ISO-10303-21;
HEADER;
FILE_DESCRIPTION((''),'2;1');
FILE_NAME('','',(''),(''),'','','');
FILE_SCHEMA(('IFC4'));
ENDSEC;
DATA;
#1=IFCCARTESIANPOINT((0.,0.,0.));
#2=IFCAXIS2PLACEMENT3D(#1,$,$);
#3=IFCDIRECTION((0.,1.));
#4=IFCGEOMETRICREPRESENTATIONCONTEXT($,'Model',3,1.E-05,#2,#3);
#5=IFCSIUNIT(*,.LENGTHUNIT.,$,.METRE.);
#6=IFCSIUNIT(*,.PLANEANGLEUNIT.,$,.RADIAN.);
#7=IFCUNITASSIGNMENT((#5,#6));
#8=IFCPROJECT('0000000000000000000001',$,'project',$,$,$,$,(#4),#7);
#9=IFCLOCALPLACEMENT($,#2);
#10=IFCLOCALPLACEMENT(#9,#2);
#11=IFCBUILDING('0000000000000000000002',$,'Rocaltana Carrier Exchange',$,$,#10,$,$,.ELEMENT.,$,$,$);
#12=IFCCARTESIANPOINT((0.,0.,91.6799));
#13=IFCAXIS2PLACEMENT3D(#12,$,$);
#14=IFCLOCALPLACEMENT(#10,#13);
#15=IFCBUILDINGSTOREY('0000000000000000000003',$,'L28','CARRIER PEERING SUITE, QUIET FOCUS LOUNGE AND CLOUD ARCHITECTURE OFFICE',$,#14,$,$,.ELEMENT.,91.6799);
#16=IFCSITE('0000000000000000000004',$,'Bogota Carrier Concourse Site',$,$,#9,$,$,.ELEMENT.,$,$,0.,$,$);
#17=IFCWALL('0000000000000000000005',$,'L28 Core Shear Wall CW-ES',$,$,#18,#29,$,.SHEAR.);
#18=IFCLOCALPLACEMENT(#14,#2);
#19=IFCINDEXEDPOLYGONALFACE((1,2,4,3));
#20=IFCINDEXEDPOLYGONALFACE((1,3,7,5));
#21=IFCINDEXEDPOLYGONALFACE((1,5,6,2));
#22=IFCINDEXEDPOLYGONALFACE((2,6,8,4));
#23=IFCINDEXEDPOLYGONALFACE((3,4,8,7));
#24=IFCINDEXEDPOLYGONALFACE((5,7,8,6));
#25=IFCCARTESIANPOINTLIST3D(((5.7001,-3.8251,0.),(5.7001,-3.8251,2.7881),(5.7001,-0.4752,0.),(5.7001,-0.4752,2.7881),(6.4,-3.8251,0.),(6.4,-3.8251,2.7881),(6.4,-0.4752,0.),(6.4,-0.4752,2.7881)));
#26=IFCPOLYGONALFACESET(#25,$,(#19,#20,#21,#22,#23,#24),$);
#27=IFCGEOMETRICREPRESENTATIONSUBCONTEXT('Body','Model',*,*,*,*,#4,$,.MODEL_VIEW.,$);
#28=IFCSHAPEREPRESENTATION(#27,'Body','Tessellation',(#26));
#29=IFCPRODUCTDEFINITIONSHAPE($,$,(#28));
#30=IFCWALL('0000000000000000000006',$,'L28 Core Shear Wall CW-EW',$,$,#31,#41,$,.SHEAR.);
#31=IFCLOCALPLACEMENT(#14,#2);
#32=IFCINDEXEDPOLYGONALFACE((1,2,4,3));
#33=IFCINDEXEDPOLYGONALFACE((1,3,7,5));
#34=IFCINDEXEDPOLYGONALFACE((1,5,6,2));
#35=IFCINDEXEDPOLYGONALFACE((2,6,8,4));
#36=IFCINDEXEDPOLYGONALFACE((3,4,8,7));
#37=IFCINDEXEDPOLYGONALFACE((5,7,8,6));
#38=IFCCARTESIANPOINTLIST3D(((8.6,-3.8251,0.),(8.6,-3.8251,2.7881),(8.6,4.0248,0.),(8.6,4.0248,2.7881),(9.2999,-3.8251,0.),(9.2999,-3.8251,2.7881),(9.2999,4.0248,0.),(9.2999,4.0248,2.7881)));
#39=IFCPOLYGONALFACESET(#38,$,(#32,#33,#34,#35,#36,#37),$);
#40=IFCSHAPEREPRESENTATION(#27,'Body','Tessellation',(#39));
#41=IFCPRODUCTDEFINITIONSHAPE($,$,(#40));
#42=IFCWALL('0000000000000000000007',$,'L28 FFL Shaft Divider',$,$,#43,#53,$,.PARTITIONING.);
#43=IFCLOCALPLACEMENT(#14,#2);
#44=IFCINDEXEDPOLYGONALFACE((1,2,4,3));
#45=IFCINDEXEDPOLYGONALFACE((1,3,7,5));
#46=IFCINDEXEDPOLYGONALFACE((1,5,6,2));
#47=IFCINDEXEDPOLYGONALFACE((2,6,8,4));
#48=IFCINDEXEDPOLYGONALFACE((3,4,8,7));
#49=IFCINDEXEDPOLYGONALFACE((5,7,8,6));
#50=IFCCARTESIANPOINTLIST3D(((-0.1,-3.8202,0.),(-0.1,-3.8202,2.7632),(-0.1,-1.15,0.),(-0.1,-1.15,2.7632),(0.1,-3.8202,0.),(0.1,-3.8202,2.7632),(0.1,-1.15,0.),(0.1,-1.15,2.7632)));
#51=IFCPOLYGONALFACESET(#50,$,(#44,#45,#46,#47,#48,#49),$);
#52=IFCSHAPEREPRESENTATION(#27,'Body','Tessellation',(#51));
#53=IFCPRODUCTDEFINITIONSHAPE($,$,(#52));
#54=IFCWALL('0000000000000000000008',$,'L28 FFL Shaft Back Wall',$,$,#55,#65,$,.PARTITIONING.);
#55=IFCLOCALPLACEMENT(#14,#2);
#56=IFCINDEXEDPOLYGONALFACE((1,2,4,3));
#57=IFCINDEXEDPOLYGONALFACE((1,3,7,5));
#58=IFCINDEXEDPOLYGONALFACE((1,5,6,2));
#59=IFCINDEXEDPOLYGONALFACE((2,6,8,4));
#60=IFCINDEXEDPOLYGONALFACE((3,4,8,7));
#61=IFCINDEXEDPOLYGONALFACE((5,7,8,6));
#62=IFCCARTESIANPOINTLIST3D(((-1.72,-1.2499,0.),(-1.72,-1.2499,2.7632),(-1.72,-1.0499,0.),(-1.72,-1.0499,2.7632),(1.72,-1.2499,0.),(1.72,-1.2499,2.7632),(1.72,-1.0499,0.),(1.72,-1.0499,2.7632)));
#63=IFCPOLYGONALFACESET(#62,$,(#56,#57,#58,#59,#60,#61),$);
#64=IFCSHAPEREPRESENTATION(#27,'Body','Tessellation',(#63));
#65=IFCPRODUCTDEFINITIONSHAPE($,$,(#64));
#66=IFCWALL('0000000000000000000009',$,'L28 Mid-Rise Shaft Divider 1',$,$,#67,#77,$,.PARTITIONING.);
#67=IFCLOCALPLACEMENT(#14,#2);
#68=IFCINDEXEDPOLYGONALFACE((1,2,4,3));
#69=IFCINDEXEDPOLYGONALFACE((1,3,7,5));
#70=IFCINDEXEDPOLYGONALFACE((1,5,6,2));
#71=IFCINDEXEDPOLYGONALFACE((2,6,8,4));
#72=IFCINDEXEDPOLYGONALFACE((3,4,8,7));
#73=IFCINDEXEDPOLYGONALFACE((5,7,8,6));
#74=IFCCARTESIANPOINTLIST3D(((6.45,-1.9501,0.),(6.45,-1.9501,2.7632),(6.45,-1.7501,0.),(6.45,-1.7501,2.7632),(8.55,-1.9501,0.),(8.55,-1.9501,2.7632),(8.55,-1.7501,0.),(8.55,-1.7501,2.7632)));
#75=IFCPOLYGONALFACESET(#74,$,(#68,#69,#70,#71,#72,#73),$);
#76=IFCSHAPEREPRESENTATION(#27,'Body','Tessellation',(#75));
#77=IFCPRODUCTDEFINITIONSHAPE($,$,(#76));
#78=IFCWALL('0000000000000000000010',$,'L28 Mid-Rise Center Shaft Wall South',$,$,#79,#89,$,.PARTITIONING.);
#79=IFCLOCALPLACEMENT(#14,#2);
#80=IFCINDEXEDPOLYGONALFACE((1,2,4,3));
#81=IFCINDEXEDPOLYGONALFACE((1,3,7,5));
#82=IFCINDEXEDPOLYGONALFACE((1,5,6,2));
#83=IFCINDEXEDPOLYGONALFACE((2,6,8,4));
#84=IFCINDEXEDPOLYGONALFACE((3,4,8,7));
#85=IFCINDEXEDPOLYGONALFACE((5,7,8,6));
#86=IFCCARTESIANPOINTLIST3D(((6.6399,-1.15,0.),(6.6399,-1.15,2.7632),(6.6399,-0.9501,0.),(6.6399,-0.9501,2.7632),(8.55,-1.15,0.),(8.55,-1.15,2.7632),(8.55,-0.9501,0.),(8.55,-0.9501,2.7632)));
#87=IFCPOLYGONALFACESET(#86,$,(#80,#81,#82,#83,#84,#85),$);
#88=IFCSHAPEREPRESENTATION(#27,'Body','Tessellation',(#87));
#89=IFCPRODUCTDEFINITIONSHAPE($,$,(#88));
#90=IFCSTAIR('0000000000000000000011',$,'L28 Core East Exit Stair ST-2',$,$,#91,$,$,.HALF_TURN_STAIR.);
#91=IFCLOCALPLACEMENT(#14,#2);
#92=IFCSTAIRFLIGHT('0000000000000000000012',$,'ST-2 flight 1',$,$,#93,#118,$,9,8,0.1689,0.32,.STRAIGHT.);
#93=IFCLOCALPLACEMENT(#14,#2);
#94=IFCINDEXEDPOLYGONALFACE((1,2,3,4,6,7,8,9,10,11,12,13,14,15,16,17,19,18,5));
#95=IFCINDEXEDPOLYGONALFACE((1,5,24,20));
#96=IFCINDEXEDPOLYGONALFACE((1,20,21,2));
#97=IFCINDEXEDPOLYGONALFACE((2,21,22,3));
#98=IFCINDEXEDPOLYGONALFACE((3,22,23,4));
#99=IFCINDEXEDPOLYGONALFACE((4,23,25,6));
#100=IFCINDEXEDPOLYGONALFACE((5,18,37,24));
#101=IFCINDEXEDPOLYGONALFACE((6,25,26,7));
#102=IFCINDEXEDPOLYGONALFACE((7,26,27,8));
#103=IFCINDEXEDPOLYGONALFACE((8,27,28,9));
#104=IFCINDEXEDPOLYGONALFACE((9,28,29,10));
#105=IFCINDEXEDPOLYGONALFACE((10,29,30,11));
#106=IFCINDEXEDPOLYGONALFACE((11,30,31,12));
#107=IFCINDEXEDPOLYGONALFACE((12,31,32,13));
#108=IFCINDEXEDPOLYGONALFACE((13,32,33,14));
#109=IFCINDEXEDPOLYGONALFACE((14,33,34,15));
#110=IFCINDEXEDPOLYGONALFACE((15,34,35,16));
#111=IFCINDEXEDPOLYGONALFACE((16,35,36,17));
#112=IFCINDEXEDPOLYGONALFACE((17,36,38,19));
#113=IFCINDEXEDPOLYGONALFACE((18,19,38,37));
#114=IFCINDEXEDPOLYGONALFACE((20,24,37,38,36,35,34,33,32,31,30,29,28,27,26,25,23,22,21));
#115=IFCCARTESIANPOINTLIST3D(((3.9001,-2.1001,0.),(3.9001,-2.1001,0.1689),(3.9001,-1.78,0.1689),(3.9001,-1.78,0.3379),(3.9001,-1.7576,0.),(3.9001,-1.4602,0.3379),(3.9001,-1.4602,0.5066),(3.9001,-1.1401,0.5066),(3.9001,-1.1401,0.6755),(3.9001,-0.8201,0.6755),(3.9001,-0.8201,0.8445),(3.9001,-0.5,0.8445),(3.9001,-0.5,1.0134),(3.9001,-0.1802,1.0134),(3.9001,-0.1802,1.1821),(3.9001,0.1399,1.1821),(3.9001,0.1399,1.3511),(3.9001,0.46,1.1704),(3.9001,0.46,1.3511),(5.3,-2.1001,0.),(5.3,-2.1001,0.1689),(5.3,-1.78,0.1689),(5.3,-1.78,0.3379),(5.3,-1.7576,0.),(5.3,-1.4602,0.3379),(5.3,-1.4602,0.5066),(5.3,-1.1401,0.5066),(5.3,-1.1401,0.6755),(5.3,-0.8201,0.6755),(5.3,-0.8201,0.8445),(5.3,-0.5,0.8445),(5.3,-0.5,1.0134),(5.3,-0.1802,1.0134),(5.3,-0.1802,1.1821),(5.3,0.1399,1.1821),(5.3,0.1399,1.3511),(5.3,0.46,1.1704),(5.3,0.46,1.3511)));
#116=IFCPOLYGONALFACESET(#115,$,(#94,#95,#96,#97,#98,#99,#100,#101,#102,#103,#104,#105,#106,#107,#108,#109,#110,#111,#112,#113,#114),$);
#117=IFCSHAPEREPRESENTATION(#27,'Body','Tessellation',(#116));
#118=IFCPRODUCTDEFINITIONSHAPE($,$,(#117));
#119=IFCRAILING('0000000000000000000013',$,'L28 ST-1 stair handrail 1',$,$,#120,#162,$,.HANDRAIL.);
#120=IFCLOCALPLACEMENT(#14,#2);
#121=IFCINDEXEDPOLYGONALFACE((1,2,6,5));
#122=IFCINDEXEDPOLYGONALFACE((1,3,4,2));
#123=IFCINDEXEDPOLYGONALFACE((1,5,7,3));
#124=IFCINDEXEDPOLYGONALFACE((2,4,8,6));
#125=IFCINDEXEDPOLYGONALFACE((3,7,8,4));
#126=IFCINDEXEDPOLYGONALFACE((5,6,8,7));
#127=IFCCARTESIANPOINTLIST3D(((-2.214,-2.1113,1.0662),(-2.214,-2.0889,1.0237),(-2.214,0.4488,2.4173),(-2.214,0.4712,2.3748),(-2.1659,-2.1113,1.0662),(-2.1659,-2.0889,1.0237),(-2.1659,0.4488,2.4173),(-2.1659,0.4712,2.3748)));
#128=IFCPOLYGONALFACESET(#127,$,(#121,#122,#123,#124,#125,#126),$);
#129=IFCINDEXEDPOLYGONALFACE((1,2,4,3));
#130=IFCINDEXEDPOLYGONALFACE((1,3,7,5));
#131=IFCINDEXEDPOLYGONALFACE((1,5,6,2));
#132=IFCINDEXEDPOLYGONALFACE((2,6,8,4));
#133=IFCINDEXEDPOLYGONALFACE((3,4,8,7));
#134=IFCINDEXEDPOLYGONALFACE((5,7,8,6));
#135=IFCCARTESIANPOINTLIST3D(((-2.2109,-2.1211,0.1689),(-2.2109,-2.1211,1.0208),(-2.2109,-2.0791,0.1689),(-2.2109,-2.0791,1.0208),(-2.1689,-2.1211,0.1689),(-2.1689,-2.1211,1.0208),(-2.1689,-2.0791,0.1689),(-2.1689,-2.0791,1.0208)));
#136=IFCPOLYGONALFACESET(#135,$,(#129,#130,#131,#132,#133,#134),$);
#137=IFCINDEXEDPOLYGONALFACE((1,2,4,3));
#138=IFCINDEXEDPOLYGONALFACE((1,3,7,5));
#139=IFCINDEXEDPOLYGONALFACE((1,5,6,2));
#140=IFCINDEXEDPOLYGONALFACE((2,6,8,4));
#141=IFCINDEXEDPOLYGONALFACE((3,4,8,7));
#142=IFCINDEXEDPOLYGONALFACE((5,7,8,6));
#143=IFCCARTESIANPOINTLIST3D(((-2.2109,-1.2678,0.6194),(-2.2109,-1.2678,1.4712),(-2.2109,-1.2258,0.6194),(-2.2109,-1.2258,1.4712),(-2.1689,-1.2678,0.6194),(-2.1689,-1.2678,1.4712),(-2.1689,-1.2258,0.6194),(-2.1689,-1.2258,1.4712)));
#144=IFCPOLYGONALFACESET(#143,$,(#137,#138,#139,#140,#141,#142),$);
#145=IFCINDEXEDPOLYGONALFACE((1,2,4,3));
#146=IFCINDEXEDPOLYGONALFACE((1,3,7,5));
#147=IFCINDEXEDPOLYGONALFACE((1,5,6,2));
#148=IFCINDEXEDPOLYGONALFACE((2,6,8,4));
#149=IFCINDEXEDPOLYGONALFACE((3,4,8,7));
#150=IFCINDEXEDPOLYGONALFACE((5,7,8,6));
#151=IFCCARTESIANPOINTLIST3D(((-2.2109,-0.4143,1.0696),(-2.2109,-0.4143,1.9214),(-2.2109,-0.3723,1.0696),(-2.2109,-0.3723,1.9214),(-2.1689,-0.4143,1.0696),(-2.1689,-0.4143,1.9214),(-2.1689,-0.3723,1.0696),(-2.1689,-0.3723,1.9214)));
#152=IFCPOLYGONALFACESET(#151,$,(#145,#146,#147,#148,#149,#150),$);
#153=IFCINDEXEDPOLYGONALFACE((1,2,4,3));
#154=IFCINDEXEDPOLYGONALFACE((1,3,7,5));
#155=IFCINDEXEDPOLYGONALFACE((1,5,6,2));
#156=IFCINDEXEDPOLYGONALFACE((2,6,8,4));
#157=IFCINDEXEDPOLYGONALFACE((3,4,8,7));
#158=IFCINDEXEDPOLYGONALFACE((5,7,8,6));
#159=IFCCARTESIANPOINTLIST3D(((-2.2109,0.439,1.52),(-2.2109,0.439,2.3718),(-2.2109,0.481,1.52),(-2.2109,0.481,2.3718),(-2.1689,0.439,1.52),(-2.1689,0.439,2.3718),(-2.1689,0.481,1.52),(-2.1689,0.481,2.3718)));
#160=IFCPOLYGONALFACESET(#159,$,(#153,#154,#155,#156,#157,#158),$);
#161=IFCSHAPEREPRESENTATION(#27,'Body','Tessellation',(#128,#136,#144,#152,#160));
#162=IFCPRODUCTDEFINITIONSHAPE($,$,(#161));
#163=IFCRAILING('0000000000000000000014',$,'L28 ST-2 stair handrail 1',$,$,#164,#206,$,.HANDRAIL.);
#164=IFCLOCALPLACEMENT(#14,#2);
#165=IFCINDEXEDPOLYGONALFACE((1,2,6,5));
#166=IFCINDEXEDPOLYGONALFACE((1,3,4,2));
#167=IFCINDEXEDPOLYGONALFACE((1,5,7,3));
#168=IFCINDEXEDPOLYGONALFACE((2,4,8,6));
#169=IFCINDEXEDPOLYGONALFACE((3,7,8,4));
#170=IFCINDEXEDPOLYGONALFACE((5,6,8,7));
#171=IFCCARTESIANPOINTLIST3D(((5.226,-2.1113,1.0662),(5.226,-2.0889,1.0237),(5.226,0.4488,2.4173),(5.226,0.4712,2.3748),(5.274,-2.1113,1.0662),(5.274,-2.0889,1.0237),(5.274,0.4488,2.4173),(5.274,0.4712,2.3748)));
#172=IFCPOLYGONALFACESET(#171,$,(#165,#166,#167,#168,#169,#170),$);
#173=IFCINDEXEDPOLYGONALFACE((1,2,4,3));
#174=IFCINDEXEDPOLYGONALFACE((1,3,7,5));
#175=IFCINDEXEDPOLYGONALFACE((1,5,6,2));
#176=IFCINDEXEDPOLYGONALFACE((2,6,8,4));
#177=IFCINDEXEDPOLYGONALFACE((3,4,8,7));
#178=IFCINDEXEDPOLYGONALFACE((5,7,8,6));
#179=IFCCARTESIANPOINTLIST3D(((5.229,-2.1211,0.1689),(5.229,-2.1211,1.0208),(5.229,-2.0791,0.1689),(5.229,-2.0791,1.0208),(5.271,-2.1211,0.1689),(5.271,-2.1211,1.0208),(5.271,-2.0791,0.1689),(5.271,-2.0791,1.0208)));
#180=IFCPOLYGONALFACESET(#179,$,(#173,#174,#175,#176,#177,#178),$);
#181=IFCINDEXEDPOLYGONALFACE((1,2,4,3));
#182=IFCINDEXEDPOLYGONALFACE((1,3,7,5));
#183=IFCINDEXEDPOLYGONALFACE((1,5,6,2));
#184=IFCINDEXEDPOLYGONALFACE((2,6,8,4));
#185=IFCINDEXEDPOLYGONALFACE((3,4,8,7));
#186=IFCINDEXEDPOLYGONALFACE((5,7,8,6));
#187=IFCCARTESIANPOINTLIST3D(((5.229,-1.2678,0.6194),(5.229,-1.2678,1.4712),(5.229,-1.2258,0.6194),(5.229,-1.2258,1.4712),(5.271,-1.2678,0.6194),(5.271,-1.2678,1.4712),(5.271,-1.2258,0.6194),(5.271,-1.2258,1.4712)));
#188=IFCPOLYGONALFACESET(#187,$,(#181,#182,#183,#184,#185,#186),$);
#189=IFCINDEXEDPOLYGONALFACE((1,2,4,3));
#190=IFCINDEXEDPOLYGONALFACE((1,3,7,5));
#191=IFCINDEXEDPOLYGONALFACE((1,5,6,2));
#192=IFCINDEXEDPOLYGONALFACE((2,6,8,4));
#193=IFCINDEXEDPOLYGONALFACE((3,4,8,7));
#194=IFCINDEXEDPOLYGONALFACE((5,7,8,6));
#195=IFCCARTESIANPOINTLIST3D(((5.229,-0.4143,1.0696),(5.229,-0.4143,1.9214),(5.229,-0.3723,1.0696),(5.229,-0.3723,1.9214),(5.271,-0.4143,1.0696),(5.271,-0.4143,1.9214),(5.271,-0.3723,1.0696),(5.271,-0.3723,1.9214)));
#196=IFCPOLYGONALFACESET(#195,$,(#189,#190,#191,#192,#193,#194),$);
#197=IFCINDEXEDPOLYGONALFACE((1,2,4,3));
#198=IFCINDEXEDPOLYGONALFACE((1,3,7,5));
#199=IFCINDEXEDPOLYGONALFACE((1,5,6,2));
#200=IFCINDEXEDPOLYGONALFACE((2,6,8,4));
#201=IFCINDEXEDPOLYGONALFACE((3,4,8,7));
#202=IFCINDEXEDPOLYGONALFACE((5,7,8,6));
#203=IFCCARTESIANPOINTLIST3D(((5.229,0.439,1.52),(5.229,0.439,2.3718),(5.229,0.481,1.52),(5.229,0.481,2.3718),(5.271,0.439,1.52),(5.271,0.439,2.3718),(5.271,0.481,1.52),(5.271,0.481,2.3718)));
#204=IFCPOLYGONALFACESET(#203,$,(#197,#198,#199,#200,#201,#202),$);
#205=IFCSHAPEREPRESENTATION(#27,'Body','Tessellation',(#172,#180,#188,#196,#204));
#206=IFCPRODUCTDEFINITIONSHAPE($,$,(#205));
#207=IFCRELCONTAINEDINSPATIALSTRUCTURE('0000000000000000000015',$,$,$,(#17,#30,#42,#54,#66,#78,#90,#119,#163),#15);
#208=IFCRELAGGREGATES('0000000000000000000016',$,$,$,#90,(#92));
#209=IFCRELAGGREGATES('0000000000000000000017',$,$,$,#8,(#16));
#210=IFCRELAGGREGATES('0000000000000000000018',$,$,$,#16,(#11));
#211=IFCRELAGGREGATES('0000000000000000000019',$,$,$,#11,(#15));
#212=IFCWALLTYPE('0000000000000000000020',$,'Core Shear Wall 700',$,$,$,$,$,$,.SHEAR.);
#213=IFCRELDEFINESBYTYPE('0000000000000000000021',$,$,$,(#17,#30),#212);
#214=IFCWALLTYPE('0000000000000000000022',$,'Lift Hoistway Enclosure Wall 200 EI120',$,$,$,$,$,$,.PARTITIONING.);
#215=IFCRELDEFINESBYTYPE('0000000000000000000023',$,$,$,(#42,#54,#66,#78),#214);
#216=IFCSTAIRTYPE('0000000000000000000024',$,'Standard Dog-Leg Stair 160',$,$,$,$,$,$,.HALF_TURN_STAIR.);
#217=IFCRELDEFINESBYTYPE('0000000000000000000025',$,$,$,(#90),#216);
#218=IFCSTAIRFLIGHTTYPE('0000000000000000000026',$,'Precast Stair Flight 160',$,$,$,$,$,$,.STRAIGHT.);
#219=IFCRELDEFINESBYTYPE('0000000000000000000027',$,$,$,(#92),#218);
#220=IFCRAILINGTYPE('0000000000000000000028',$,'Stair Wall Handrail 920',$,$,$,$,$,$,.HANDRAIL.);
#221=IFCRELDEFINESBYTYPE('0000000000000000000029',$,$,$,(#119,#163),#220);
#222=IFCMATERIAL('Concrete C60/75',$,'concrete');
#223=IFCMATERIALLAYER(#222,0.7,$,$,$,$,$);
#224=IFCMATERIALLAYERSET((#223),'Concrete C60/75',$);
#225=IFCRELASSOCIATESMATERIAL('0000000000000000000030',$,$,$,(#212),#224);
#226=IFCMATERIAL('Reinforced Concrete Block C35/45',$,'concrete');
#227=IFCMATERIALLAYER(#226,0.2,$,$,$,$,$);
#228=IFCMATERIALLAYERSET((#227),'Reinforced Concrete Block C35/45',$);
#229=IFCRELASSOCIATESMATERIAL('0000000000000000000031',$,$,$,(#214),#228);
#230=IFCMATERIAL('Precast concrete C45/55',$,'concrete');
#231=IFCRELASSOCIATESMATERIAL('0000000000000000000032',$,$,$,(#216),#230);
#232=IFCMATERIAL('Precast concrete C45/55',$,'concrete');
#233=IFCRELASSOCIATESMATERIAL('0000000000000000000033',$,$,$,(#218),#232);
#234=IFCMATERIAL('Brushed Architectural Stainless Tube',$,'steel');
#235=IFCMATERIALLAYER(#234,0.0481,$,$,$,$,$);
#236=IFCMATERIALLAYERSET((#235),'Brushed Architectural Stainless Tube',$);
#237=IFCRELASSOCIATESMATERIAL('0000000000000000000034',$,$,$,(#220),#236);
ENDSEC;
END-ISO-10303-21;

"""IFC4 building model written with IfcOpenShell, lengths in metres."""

from ifc_helpers import new_model, si_unit, direction, frame, frame_2d, origin, origin_2d, place, context, subcontext, project, spatial, polyline, rectangle, outline, extrude, material, layer, layer_set, type_object, element, aggregate, save


model = new_model("IFC4")

# Units and contexts
model_context = context("Model", 3, precision=1e-05, world=origin(), true_north=direction((0.0, 1.0)))
body_context = subcontext(model_context, "Body", "Model", "MODEL_VIEW")
ifc_project = project(units=[si_unit("LENGTHUNIT", "METRE"), si_unit("PLANEANGLEUNIT", "RADIAN")], contexts=[model_context])

# Site, building, storey
site_placement = place(None, origin())
site = spatial("IfcSite", under=ifc_project, at=site_placement, Name="Bogota Carrier Concourse Site", CompositionType="ELEMENT", RefElevation=0.0)
building_placement = place(site_placement, origin())
building = spatial("IfcBuilding", under=site, at=building_placement, Name="Rocaltana Carrier Exchange", CompositionType="ELEMENT")
storey_placement = place(building_placement, frame((0.0, 0.0, 91.6799)))
storey = spatial("IfcBuildingStorey", under=building, at=storey_placement, Name="L28", Description="CARRIER PEERING SUITE, QUIET FOCUS LOUNGE AND CLOUD ARCHITECTURE OFFICE", CompositionType="ELEMENT", Elevation=91.6799)

# Walls
ifc_material_1 = material(Name="Concrete C60/75", Category="concrete")
ifc_layer_1 = layer(ifc_material_1, 0.7)
ifc_layer_set_1 = layer_set([ifc_layer_1], Name="Concrete C60/75")
wall_type_1 = type_object("IfcWallType", Name="Core Shear Wall 700", PredefinedType="SHEAR", material=ifc_layer_set_1)
wall_1_placement = place(storey_placement, frame((6.05, -3.825, 0.0), z_axis=(0.0, 0.0, 1.0), x_axis=(0.0, 1.0, 0.0)))
element("IfcWall", 1, at=wall_1_placement, inside=storey, type_object=wall_type_1, Name="L28 Core Shear Wall CW-ES", PredefinedType="SHEAR", context=body_context, shape_type="SweptSolid", body=[
    extrude(rectangle(XDim=3.3499, YDim=0.7, at=frame_2d((1.6748, 0.0))), origin(), (0.0, 0.0, 1.0), 2.7881),
])
wall_2_placement = place(storey_placement, frame((8.95, -3.825, 0.0), z_axis=(0.0, 0.0, 1.0), x_axis=(0.0, 1.0, 0.0)))
element("IfcWall", 2, at=wall_2_placement, inside=storey, type_object=wall_type_1, Name="L28 Core Shear Wall CW-EW", PredefinedType="SHEAR", context=body_context, shape_type="SweptSolid", body=[
    extrude(rectangle(XDim=7.8499, YDim=0.7, at=frame_2d((3.9248, 0.0))), origin(), (0.0, 0.0, 1.0), 2.7881),
])
ifc_material_2 = material(Name="Reinforced Concrete Block C35/45", Category="concrete")
ifc_layer_2 = layer(ifc_material_2, 0.2)
ifc_layer_set_2 = layer_set([ifc_layer_2], Name="Reinforced Concrete Block C35/45")
wall_type_2 = type_object("IfcWallType", Name="Lift Hoistway Enclosure Wall 200 EI120", PredefinedType="PARTITIONING", material=ifc_layer_set_2)
wall_3_placement = place(storey_placement, frame((0.0, -3.8201, 0.0), z_axis=(0.0, 0.0, 1.0), x_axis=(0.0, 1.0, 0.0)))
element("IfcWall", 3, at=wall_3_placement, inside=storey, type_object=wall_type_2, Name="L28 FFL Shaft Divider", PredefinedType="PARTITIONING", context=body_context, shape_type="SweptSolid", body=[
    extrude(rectangle(XDim=2.6702, YDim=0.2, at=frame_2d((1.335, 0.0))), origin(), (0.0, 0.0, 1.0), 2.7632),
])
wall_4_placement = place(storey_placement, frame((-1.72, -1.1499, 0.0), z_axis=(0.0, 0.0, 1.0), x_axis=(1.0, 0.0, 0.0)))
element("IfcWall", 4, at=wall_4_placement, inside=storey, type_object=wall_type_2, Name="L28 FFL Shaft Back Wall", PredefinedType="PARTITIONING", context=body_context, shape_type="SweptSolid", body=[
    extrude(rectangle(XDim=3.4399, YDim=0.2, at=frame_2d((1.72, 0.0))), origin(), (0.0, 0.0, 1.0), 2.7632),
])
wall_5_placement = place(storey_placement, frame((6.45, -1.8501, 0.0), z_axis=(0.0, 0.0, 1.0), x_axis=(1.0, 0.0, 0.0)))
element("IfcWall", 5, at=wall_5_placement, inside=storey, type_object=wall_type_2, Name="L28 Mid-Rise Shaft Divider 1", PredefinedType="PARTITIONING", context=body_context, shape_type="SweptSolid", body=[
    extrude(rectangle(XDim=2.1001, YDim=0.2, at=frame_2d((1.05, 0.0))), origin(), (0.0, 0.0, 1.0), 2.7632),
])
wall_6_placement = place(storey_placement, frame((6.6399, -1.05, 0.0), z_axis=(0.0, 0.0, 1.0), x_axis=(1.0, 0.0, 0.0)))
element("IfcWall", 6, at=wall_6_placement, inside=storey, type_object=wall_type_2, Name="L28 Mid-Rise Center Shaft Wall South", PredefinedType="PARTITIONING", context=body_context, shape_type="SweptSolid", body=[
    extrude(rectangle(XDim=1.9102, YDim=0.2, at=frame_2d((0.9551, 0.0))), origin(), (0.0, 0.0, 1.0), 2.7632),
])

# Stair, stair flight
ifc_material_3 = material(Name="Precast concrete C45/55", Category="concrete")
stair_type = type_object("IfcStairType", Name="Standard Dog-Leg Stair 160", PredefinedType="HALF_TURN_STAIR", material=ifc_material_3)
stair_placement = place(storey_placement, origin())
stair = element("IfcStair", 7, at=stair_placement, inside=storey, type_object=stair_type, Name="L28 Core East Exit Stair ST-2", PredefinedType="HALF_TURN_STAIR")
ifc_material_4 = material(Name="Precast concrete C45/55", Category="concrete")
stair_flight_type = type_object("IfcStairFlightType", Name="Precast Stair Flight 160", PredefinedType="STRAIGHT", material=ifc_material_4)
stair_flight_placement = place(storey_placement, frame((4.6001, -2.1001, 0.0), z_axis=(0.0, 0.0, 1.0), x_axis=(0.0, 1.0, 0.0)))
stair_flight = element("IfcStairFlight", 8, at=stair_flight_placement, type_object=stair_flight_type, Name="ST-2 flight 1", NumberOfRisers=9, NumberOfTreads=8, PredefinedType="STRAIGHT", RiserHeight=0.1689, TreadLength=0.32, context=body_context, shape_type="SweptSolid", body=[
    extrude(outline(polyline([(0.0, 0.0), (0.0, 0.1689), (0.3201, 0.1689), (0.3201, 0.3379), (0.6399, 0.3379), (0.6399, 0.5066), (0.96, 0.5066), (0.96, 0.6755), (1.28, 0.6755), (1.28, 0.8445), (1.6001, 0.8445), (1.6001, 1.0134), (1.9199, 1.0134), (1.9199, 1.1821), (2.24, 1.1821), (2.24, 1.3511), (2.5601, 1.3511), (2.5601, 1.52), (2.5601, 1.1704), (0.3425, 0.0), (0.0, 0.0)])), frame((0.0, 0.7, 0.0), z_axis=(0.0, -1.0, 0.0), x_axis=(1.0, 0.0, 0.0)), (0.0, 0.0, 1.0), 1.3999),
])
aggregate(stair, [stair_flight])

# Railings
ifc_material_5 = material(Name="Brushed Architectural Stainless Tube", Category="steel")
ifc_layer_3 = layer(ifc_material_5, 0.0481)
ifc_layer_set_3 = layer_set([ifc_layer_3], Name="Brushed Architectural Stainless Tube")
railing_type_1 = type_object("IfcRailingType", Name="Stair Wall Handrail 920", PredefinedType="HANDRAIL", material=ifc_layer_set_3)
for number, where, name in (
    (9, (-2.1899, -2.1001, 0.1689), "L28 ST-1 stair handrail 1"),
    (10, (5.25, -2.1001, 0.1689), "L28 ST-2 stair handrail 1"),
):
    element("IfcRailing", number, at=place(storey_placement, frame(where)), inside=storey, type_object=railing_type_1, Name=name, PredefinedType="HANDRAIL", context=body_context, shape_type="SweptSolid", body=[
        extrude(rectangle(XDim=0.0481, YDim=0.0481, at=origin_2d()), frame((0.0, 0.0, 0.876), z_axis=(0.0, 0.884394, 0.46674), x_axis=(-1.0, 0.0, 0.0)), (0.0, 0.0, 1.0), 2.8948),
        extrude(rectangle(XDim=0.042, YDim=0.042, at=origin_2d()), origin(), (0.0, 0.0, 1.0), 0.8518),
        extrude(rectangle(XDim=0.042, YDim=0.042, at=origin_2d()), frame((0.0, 0.8533, 0.4504)), (0.0, 0.0, 1.0), 0.8518),
        extrude(rectangle(XDim=0.042, YDim=0.042, at=origin_2d()), frame((0.0, 1.7068, 0.9006)), (0.0, 0.0, 1.0), 0.8518),
        extrude(rectangle(XDim=0.042, YDim=0.042, at=origin_2d()), frame((0.0, 2.5601, 1.3511)), (0.0, 0.0, 1.0), 0.8518),
    ])

save(model, "model.ifc")
